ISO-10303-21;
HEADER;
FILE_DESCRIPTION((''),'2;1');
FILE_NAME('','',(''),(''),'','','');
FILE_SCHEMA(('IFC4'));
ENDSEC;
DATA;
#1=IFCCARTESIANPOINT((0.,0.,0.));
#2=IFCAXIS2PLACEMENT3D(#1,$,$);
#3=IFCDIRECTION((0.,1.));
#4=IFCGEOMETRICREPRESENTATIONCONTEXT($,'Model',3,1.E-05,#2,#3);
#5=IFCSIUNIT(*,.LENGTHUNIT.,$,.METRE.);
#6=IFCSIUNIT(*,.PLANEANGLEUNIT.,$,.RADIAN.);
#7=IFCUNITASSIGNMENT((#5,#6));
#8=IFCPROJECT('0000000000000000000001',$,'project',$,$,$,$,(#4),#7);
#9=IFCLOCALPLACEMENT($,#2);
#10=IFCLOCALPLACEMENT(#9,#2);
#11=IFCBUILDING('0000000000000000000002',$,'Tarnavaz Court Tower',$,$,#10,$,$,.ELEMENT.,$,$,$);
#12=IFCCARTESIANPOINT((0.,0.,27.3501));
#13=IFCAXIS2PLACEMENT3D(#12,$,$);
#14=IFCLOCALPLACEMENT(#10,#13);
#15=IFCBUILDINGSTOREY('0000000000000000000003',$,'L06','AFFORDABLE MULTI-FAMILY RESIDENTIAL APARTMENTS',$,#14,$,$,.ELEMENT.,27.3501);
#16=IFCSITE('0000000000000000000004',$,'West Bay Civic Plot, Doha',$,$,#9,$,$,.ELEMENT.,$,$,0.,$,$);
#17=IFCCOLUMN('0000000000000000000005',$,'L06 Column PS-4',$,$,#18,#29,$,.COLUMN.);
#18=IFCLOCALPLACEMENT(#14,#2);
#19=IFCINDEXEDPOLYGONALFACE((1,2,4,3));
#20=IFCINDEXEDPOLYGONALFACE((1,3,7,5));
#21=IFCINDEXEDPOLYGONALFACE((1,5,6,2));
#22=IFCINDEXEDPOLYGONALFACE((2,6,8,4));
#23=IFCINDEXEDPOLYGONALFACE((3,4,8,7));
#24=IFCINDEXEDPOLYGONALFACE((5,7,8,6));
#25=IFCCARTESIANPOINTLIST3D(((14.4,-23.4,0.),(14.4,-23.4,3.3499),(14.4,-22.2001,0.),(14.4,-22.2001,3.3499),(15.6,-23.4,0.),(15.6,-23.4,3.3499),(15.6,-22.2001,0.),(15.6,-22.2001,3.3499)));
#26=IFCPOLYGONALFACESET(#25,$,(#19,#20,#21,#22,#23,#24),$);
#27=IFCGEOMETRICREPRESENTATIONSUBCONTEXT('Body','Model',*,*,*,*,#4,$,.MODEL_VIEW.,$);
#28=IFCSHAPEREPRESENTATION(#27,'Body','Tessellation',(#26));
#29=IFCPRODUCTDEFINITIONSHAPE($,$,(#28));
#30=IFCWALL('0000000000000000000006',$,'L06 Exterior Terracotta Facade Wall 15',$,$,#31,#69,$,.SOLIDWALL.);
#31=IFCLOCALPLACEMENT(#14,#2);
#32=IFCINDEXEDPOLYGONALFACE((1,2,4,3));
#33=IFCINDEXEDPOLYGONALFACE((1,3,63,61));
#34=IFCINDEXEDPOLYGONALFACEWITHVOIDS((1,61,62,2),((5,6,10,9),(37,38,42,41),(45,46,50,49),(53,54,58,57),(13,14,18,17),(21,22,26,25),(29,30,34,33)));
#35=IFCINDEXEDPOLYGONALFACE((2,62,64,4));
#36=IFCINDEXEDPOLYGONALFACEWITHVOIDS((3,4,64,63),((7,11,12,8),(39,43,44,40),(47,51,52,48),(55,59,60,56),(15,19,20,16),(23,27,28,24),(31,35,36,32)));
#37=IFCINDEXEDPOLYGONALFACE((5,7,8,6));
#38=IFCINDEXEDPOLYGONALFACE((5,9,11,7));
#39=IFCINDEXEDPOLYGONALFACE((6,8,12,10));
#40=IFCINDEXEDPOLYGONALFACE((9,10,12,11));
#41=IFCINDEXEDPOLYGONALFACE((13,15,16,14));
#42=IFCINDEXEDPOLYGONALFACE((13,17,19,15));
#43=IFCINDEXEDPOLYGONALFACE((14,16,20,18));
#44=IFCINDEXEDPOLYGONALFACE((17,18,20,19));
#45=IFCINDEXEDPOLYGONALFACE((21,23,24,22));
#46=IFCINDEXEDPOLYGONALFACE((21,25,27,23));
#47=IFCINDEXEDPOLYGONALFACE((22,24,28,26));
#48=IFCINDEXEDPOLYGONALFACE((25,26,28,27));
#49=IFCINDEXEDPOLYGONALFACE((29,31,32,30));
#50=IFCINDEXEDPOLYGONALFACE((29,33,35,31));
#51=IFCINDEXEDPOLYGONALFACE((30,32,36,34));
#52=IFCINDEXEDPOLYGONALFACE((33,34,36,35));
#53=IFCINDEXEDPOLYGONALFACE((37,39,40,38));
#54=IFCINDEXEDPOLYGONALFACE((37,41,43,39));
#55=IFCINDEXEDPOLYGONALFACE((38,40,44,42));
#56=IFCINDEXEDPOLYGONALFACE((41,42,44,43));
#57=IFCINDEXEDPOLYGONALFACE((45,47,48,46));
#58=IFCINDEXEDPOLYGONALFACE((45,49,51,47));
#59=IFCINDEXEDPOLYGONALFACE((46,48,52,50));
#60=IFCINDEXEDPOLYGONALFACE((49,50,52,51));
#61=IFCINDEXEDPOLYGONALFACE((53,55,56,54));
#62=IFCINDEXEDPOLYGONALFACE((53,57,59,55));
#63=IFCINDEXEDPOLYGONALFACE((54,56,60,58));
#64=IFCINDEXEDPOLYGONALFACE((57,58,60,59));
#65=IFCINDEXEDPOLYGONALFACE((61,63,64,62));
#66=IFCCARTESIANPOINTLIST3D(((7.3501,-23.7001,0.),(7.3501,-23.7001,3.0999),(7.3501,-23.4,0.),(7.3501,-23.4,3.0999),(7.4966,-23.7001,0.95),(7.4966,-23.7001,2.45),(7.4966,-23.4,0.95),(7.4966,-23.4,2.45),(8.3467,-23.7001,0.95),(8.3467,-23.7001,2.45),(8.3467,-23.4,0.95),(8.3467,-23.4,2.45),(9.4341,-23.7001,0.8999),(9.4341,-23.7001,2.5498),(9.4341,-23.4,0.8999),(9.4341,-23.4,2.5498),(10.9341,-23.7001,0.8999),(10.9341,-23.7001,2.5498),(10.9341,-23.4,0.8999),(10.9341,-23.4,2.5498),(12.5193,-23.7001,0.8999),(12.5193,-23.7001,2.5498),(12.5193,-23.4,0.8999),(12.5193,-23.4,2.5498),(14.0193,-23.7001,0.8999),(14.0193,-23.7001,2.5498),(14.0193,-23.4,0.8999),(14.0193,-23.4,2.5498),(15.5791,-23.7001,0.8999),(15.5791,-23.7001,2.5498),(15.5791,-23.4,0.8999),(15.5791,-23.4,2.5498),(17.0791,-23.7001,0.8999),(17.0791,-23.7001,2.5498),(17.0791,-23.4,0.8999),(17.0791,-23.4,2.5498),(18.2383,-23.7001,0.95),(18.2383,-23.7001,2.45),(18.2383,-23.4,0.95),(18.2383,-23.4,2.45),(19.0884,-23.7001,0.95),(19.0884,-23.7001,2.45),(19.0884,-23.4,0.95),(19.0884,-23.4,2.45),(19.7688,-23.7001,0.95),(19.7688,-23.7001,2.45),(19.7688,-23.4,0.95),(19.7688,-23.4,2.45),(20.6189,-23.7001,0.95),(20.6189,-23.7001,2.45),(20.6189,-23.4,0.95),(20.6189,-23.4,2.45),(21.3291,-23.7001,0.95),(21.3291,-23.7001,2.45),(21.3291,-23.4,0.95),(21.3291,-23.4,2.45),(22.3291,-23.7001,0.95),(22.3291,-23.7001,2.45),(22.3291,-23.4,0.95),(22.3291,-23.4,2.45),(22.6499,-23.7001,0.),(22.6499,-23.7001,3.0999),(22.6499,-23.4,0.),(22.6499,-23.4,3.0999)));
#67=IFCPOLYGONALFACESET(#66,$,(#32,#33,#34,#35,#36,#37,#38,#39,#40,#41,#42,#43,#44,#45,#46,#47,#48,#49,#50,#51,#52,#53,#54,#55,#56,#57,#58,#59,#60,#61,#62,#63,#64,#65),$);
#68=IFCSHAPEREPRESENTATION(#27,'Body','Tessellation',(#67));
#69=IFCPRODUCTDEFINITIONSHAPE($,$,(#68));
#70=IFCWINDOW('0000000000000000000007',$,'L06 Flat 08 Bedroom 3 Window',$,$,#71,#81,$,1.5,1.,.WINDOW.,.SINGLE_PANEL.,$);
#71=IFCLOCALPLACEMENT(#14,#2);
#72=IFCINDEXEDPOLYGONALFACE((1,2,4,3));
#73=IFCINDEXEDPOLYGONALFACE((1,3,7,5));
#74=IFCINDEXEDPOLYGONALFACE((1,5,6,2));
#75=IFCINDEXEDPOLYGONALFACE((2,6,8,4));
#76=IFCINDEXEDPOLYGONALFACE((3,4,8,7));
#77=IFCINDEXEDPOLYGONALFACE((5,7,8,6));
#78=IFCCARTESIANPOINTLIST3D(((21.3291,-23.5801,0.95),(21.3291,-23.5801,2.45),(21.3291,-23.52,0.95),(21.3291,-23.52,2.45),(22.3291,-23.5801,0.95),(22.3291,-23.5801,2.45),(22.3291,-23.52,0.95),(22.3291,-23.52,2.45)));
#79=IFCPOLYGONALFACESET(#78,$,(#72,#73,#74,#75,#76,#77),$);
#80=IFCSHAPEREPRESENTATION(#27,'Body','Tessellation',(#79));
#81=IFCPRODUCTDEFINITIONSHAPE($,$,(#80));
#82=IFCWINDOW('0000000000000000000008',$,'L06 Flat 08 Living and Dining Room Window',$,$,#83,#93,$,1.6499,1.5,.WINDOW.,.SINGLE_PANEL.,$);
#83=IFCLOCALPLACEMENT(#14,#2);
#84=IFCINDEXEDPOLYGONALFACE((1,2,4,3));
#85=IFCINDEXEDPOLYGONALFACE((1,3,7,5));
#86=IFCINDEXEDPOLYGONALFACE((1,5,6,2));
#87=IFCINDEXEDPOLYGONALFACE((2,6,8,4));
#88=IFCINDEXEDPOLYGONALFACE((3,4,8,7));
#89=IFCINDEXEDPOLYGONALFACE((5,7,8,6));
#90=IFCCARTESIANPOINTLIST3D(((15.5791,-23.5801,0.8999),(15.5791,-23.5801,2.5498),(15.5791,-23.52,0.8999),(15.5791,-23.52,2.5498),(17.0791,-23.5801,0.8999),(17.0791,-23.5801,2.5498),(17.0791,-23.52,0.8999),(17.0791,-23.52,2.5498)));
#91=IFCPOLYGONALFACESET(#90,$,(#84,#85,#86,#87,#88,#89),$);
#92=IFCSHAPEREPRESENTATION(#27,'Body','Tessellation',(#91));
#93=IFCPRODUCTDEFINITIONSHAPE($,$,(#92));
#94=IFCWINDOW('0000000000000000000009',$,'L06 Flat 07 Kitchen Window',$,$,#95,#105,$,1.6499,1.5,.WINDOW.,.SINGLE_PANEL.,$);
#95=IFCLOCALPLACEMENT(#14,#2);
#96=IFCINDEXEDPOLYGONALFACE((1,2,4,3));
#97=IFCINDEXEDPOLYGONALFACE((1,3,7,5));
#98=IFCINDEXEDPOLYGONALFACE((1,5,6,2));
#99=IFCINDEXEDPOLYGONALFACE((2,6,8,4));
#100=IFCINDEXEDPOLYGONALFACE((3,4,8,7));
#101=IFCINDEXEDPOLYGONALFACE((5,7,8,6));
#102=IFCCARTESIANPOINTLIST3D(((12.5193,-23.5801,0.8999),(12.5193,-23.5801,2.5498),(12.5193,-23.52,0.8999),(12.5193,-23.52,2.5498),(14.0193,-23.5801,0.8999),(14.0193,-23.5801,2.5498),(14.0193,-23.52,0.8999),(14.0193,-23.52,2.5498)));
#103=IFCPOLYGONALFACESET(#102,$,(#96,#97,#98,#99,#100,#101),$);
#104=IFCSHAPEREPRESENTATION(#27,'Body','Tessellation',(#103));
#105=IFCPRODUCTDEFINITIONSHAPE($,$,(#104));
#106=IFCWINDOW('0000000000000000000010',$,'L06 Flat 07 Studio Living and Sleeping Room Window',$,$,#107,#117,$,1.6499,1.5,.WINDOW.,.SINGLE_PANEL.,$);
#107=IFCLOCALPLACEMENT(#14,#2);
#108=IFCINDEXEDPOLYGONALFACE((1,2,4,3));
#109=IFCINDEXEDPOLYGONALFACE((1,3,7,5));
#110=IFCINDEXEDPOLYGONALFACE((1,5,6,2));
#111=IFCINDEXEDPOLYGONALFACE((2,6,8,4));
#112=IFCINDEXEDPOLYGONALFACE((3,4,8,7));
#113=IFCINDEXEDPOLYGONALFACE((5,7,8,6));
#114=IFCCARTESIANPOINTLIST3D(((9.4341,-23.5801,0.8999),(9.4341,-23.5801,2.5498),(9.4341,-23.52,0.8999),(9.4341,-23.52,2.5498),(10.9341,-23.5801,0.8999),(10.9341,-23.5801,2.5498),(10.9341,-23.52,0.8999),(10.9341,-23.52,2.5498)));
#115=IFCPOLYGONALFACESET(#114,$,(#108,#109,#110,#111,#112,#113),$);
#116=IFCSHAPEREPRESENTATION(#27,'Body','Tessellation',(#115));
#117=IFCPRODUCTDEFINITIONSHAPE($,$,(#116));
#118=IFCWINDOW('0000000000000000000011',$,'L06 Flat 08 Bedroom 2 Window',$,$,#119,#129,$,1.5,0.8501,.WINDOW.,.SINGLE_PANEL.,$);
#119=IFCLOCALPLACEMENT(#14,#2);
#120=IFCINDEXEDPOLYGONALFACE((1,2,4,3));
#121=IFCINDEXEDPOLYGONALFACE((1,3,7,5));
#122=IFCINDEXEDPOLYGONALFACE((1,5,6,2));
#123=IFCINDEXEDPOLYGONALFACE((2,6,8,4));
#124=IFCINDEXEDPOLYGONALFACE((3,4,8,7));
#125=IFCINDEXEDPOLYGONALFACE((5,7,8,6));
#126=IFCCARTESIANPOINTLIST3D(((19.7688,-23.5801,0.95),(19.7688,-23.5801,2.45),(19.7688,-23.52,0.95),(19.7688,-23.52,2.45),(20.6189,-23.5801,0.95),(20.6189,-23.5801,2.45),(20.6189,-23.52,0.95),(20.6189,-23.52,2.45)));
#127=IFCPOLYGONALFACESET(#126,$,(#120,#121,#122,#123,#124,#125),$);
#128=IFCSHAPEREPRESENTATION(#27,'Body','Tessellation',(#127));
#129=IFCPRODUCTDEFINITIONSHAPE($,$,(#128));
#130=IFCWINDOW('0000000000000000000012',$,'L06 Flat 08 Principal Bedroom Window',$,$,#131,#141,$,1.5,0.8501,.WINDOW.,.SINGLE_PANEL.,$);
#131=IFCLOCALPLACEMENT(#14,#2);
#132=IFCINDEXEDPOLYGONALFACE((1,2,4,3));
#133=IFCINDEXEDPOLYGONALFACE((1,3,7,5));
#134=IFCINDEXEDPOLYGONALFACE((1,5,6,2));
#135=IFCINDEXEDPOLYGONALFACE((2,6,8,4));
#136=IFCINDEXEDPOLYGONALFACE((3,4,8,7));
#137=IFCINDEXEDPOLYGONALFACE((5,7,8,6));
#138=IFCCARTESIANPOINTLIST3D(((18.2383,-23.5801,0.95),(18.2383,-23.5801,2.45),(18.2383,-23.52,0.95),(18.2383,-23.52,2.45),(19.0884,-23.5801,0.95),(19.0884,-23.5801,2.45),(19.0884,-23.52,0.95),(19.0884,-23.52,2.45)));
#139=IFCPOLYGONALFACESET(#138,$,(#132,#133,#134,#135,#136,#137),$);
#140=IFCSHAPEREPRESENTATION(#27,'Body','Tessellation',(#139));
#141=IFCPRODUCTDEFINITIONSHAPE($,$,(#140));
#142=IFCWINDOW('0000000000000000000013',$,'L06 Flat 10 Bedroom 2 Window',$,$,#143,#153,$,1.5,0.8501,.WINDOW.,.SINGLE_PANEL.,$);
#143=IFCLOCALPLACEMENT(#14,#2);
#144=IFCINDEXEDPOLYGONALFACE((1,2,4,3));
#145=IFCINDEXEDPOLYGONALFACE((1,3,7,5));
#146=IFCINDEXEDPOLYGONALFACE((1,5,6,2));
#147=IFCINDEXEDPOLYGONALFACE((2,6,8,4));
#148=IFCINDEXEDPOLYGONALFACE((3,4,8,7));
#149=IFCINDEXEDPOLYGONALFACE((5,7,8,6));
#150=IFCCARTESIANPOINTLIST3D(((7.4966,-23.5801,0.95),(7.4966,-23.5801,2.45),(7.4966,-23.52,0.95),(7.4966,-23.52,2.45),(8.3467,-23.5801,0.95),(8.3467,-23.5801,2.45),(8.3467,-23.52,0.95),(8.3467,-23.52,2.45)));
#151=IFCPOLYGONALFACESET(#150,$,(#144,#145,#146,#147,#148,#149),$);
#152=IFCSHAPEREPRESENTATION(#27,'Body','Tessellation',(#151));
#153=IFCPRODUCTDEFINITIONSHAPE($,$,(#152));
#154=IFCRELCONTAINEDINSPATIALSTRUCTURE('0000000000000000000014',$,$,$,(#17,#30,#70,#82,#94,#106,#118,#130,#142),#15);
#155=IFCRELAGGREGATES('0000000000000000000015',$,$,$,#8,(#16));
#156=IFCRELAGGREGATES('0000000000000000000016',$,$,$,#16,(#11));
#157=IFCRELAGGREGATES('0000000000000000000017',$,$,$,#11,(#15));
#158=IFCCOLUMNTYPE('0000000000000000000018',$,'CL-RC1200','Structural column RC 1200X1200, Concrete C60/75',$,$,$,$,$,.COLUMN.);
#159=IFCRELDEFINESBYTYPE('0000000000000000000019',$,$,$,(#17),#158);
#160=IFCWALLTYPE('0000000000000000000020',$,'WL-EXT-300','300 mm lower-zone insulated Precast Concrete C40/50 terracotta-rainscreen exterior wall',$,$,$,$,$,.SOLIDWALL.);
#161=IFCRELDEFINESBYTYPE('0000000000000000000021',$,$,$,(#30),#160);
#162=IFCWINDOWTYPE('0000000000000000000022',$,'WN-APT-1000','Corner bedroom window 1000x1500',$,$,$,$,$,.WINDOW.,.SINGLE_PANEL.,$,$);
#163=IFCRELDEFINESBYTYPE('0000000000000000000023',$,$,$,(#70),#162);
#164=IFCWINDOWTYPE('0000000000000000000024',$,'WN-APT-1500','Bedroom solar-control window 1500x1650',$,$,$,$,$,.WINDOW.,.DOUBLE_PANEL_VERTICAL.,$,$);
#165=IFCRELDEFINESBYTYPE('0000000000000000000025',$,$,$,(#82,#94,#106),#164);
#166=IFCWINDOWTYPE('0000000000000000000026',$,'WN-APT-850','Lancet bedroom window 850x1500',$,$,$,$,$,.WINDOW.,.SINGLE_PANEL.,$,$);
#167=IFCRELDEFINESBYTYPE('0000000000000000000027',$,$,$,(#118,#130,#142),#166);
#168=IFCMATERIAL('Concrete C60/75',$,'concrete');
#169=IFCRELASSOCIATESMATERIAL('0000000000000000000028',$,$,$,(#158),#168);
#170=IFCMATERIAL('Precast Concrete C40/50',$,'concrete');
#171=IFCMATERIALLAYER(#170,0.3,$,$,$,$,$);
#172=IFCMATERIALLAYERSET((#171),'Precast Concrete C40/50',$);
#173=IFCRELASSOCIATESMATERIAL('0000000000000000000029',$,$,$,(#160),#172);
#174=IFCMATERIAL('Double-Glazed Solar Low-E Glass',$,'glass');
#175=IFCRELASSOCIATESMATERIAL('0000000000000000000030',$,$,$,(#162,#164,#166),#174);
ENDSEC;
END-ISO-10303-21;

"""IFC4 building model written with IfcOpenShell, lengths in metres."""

from ifc_helpers import new_model, si_unit, direction, frame, frame_2d, origin, origin_2d, place, context, subcontext, project, spatial, rectangle, extrude, material, layer, layer_set, material_profile, profile_set, type_object, element, fill, save


model = new_model("IFC4")

# Units and contexts
model_context = context("Model", 3, precision=1e-05, world=origin(), true_north=direction((0.0, 1.0)))
body_context = subcontext(model_context, "Body", "Model", "MODEL_VIEW")
ifc_project = project(units=[si_unit("LENGTHUNIT", "METRE"), si_unit("PLANEANGLEUNIT", "RADIAN")], contexts=[model_context])

# Site, building, storey
site_placement = place(None, origin())
site = spatial("IfcSite", under=ifc_project, at=site_placement, Name="West Bay Civic Plot, Doha", CompositionType="ELEMENT", RefElevation=0.0)
building_placement = place(site_placement, origin())
building = spatial("IfcBuilding", under=site, at=building_placement, Name="Tarnavaz Court Tower", CompositionType="ELEMENT")
storey_placement = place(building_placement, frame((0.0, 0.0, 27.3501)))
storey = spatial("IfcBuildingStorey", under=building, at=storey_placement, Name="L06", Description="AFFORDABLE MULTI-FAMILY RESIDENTIAL APARTMENTS", CompositionType="ELEMENT", Elevation=27.3501)

# Column
ifc_material_1 = material(Name="Concrete C60/75", Category="concrete")
ifc_material_profile_1 = material_profile(ifc_material_1, rectangle(XDim=1.2, YDim=1.2, at=origin_2d()), Name="RC 1200X1200")
ifc_profile_set_1 = profile_set([ifc_material_profile_1], Name="Concrete C60/75")
column_type = type_object("IfcColumnType", Name="CL-RC1200", Description="Structural column RC 1200X1200, Concrete C60/75", PredefinedType="COLUMN", material=ifc_profile_set_1)
column_placement = place(storey_placement, frame((15.0, -22.8, 0.0), z_axis=(0.0, 0.0, 1.0), x_axis=(1.0, 0.0, 0.0)))
element("IfcColumn", 1, at=column_placement, inside=storey, type_object=column_type, Name="L06 Column PS-4", PredefinedType="COLUMN", context=body_context, shape_type="SweptSolid", body=[
    extrude(rectangle(XDim=1.2, YDim=1.2, at=origin_2d()), origin(), (0.0, 0.0, 1.0), 3.3499),
])

# Wall, openings, windows
ifc_material_2 = material(Name="Precast Concrete C40/50", Category="concrete")
ifc_layer_1 = layer(ifc_material_2, 0.3)
ifc_layer_set_1 = layer_set([ifc_layer_1], Name="Precast Concrete C40/50")
wall_type_1 = type_object("IfcWallType", Name="WL-EXT-300", Description="300 mm lower-zone insulated Precast Concrete C40/50 terracotta-rainscreen exterior wall", PredefinedType="SOLIDWALL", material=ifc_layer_set_1)
wall_1_placement = place(storey_placement, frame((22.6499, -23.55, 0.0), z_axis=(0.0, 0.0, 1.0), x_axis=(-1.0, 0.0, 0.0)))
wall_1 = element("IfcWall", 2, at=wall_1_placement, inside=storey, type_object=wall_type_1, Name="L06 Exterior Terracotta Facade Wall 15", PredefinedType="SOLIDWALL", context=body_context, shape_type="SweptSolid", body=[
    extrude(rectangle(XDim=15.2998, YDim=0.3, at=frame_2d((7.6499, 0.0))), origin(), (0.0, 0.0, 1.0), 3.0999),
])
opening_1_placement = place(wall_1_placement, frame((0.3208, 0.0, 0.95)))
opening_1 = element("IfcOpeningElement", 3, at=opening_1_placement, cuts=wall_1, PredefinedType="OPENING", context=body_context, shape_type="SweptSolid", body=[
    extrude(rectangle(XDim=1.0, YDim=1.5, at=frame_2d((0.5, 0.75))), frame((0.0, 0.1599, 0.0), z_axis=(0.0, -1.0, 0.0), x_axis=(1.0, 0.0, 0.0)), (0.0, 0.0, 1.0), 0.3201),
])
opening_2_placement = place(wall_1_placement, frame((2.031, 0.0, 0.95)))
opening_2 = element("IfcOpeningElement", 4, at=opening_2_placement, cuts=wall_1, PredefinedType="OPENING", context=body_context, shape_type="SweptSolid", body=[
    extrude(rectangle(XDim=0.8501, YDim=1.5, at=frame_2d((0.425, 0.75))), frame((0.0, 0.1599, 0.0), z_axis=(0.0, -1.0, 0.0), x_axis=(1.0, 0.0, 0.0)), (0.0, 0.0, 1.0), 0.3201),
])
opening_3_placement = place(wall_1_placement, frame((3.5615, 0.0, 0.95)))
opening_3 = element("IfcOpeningElement", 5, at=opening_3_placement, cuts=wall_1, PredefinedType="OPENING", context=body_context, shape_type="SweptSolid", body=[
    extrude(rectangle(XDim=0.8501, YDim=1.5, at=frame_2d((0.425, 0.75))), frame((0.0, 0.1599, 0.0), z_axis=(0.0, -1.0, 0.0), x_axis=(1.0, 0.0, 0.0)), (0.0, 0.0, 1.0), 0.3201),
])
opening_4_placement = place(wall_1_placement, frame((5.5708, 0.0, 0.8999)))
opening_4 = element("IfcOpeningElement", 6, at=opening_4_placement, cuts=wall_1, PredefinedType="OPENING", context=body_context, shape_type="SweptSolid", body=[
    extrude(rectangle(XDim=1.5, YDim=1.6499, at=frame_2d((0.75, 0.825))), frame((0.0, 0.1599, 0.0), z_axis=(0.0, -1.0, 0.0), x_axis=(1.0, 0.0, 0.0)), (0.0, 0.0, 1.0), 0.3201),
])
opening_5_placement = place(wall_1_placement, frame((8.6306, 0.0, 0.8999)))
opening_5 = element("IfcOpeningElement", 7, at=opening_5_placement, cuts=wall_1, PredefinedType="OPENING", context=body_context, shape_type="SweptSolid", body=[
    extrude(rectangle(XDim=1.5, YDim=1.6499, at=frame_2d((0.75, 0.825))), frame((0.0, 0.1599, 0.0), z_axis=(0.0, -1.0, 0.0), x_axis=(1.0, 0.0, 0.0)), (0.0, 0.0, 1.0), 0.3201),
])
opening_6_placement = place(wall_1_placement, frame((11.7158, 0.0, 0.8999)))
opening_6 = element("IfcOpeningElement", 8, at=opening_6_placement, cuts=wall_1, PredefinedType="OPENING", context=body_context, shape_type="SweptSolid", body=[
    extrude(rectangle(XDim=1.5, YDim=1.6499, at=frame_2d((0.75, 0.825))), frame((0.0, 0.1599, 0.0), z_axis=(0.0, -1.0, 0.0), x_axis=(1.0, 0.0, 0.0)), (0.0, 0.0, 1.0), 0.3201),
])
opening_7_placement = place(wall_1_placement, frame((14.3032, 0.0, 0.95)))
opening_7 = element("IfcOpeningElement", 9, at=opening_7_placement, cuts=wall_1, PredefinedType="OPENING", context=body_context, shape_type="SweptSolid", body=[
    extrude(rectangle(XDim=0.8501, YDim=1.5, at=frame_2d((0.425, 0.75))), frame((0.0, 0.1599, 0.0), z_axis=(0.0, -1.0, 0.0), x_axis=(1.0, 0.0, 0.0)), (0.0, 0.0, 1.0), 0.3201),
])
ifc_material_3 = material(Name="Double-Glazed Solar Low-E Glass", Category="glass")
window_type_1 = type_object("IfcWindowType", Name="WN-APT-1000", Description="Corner bedroom window 1000x1500", PartitioningType="SINGLE_PANEL", PredefinedType="WINDOW", material=ifc_material_3)
window_1_placement = place(opening_1_placement, origin())
window_1 = element("IfcWindow", 10, at=window_1_placement, inside=storey, type_object=window_type_1, Name="L06 Flat 08 Bedroom 3 Window", OverallHeight=1.5, OverallWidth=1.0, PartitioningType="SINGLE_PANEL", PredefinedType="WINDOW", context=body_context, shape_type="SweptSolid", body=[
    extrude(rectangle(XDim=1.0, YDim=1.5, at=frame_2d((0.5, 0.75))), frame((0.0, 0.03, 0.0), z_axis=(0.0, -1.0, 0.0), x_axis=(1.0, 0.0, 0.0)), (0.0, 0.0, 1.0), 0.0601),
])
fill(opening_1, window_1)
window_type_2 = type_object("IfcWindowType", Name="WN-APT-1500", Description="Bedroom solar-control window 1500x1650", PartitioningType="DOUBLE_PANEL_VERTICAL", PredefinedType="WINDOW", material=ifc_material_3)
window_2_placement = place(opening_4_placement, origin())
window_2 = element("IfcWindow", 11, at=window_2_placement, inside=storey, type_object=window_type_2, Name="L06 Flat 08 Living and Dining Room Window", OverallHeight=1.6499, OverallWidth=1.5, PartitioningType="SINGLE_PANEL", PredefinedType="WINDOW", context=body_context, shape_type="SweptSolid", body=[
    extrude(rectangle(XDim=1.5, YDim=1.6499, at=frame_2d((0.75, 0.825))), frame((0.0, 0.03, 0.0), z_axis=(0.0, -1.0, 0.0), x_axis=(1.0, 0.0, 0.0)), (0.0, 0.0, 1.0), 0.0601),
])
fill(opening_4, window_2)
window_3_placement = place(opening_5_placement, origin())
window_3 = element("IfcWindow", 12, at=window_3_placement, inside=storey, type_object=window_type_2, Name="L06 Flat 07 Kitchen Window", OverallHeight=1.6499, OverallWidth=1.5, PartitioningType="SINGLE_PANEL", PredefinedType="WINDOW", context=body_context, shape_type="SweptSolid", body=[
    extrude(rectangle(XDim=1.5, YDim=1.6499, at=frame_2d((0.75, 0.825))), frame((0.0, 0.03, 0.0), z_axis=(0.0, -1.0, 0.0), x_axis=(1.0, 0.0, 0.0)), (0.0, 0.0, 1.0), 0.0601),
])
fill(opening_5, window_3)
window_4_placement = place(opening_6_placement, origin())
window_4 = element("IfcWindow", 13, at=window_4_placement, inside=storey, type_object=window_type_2, Name="L06 Flat 07 Studio Living and Sleeping Room Window", OverallHeight=1.6499, OverallWidth=1.5, PartitioningType="SINGLE_PANEL", PredefinedType="WINDOW", context=body_context, shape_type="SweptSolid", body=[
    extrude(rectangle(XDim=1.5, YDim=1.6499, at=frame_2d((0.75, 0.825))), frame((0.0, 0.03, 0.0), z_axis=(0.0, -1.0, 0.0), x_axis=(1.0, 0.0, 0.0)), (0.0, 0.0, 1.0), 0.0601),
])
fill(opening_6, window_4)
window_type_3 = type_object("IfcWindowType", Name="WN-APT-850", Description="Lancet bedroom window 850x1500", PartitioningType="SINGLE_PANEL", PredefinedType="WINDOW", material=ifc_material_3)
window_5_placement = place(opening_2_placement, origin())
window_5 = element("IfcWindow", 14, at=window_5_placement, inside=storey, type_object=window_type_3, Name="L06 Flat 08 Bedroom 2 Window", OverallHeight=1.5, OverallWidth=0.8501, PartitioningType="SINGLE_PANEL", PredefinedType="WINDOW", context=body_context, shape_type="SweptSolid", body=[
    extrude(rectangle(XDim=0.8501, YDim=1.5, at=frame_2d((0.425, 0.75))), frame((0.0, 0.03, 0.0), z_axis=(0.0, -1.0, 0.0), x_axis=(1.0, 0.0, 0.0)), (0.0, 0.0, 1.0), 0.0601),
])
fill(opening_2, window_5)
window_6_placement = place(opening_3_placement, origin())
window_6 = element("IfcWindow", 15, at=window_6_placement, inside=storey, type_object=window_type_3, Name="L06 Flat 08 Principal Bedroom Window", OverallHeight=1.5, OverallWidth=0.8501, PartitioningType="SINGLE_PANEL", PredefinedType="WINDOW", context=body_context, shape_type="SweptSolid", body=[
    extrude(rectangle(XDim=0.8501, YDim=1.5, at=frame_2d((0.425, 0.75))), frame((0.0, 0.03, 0.0), z_axis=(0.0, -1.0, 0.0), x_axis=(1.0, 0.0, 0.0)), (0.0, 0.0, 1.0), 0.0601),
])
fill(opening_3, window_6)
window_7_placement = place(opening_7_placement, origin())
window_7 = element("IfcWindow", 16, at=window_7_placement, inside=storey, type_object=window_type_3, Name="L06 Flat 10 Bedroom 2 Window", OverallHeight=1.5, OverallWidth=0.8501, PartitioningType="SINGLE_PANEL", PredefinedType="WINDOW", context=body_context, shape_type="SweptSolid", body=[
    extrude(rectangle(XDim=0.8501, YDim=1.5, at=frame_2d((0.425, 0.75))), frame((0.0, 0.03, 0.0), z_axis=(0.0, -1.0, 0.0), x_axis=(1.0, 0.0, 0.0)), (0.0, 0.0, 1.0), 0.0601),
])
fill(opening_7, window_7)

save(model, "model.ifc")
